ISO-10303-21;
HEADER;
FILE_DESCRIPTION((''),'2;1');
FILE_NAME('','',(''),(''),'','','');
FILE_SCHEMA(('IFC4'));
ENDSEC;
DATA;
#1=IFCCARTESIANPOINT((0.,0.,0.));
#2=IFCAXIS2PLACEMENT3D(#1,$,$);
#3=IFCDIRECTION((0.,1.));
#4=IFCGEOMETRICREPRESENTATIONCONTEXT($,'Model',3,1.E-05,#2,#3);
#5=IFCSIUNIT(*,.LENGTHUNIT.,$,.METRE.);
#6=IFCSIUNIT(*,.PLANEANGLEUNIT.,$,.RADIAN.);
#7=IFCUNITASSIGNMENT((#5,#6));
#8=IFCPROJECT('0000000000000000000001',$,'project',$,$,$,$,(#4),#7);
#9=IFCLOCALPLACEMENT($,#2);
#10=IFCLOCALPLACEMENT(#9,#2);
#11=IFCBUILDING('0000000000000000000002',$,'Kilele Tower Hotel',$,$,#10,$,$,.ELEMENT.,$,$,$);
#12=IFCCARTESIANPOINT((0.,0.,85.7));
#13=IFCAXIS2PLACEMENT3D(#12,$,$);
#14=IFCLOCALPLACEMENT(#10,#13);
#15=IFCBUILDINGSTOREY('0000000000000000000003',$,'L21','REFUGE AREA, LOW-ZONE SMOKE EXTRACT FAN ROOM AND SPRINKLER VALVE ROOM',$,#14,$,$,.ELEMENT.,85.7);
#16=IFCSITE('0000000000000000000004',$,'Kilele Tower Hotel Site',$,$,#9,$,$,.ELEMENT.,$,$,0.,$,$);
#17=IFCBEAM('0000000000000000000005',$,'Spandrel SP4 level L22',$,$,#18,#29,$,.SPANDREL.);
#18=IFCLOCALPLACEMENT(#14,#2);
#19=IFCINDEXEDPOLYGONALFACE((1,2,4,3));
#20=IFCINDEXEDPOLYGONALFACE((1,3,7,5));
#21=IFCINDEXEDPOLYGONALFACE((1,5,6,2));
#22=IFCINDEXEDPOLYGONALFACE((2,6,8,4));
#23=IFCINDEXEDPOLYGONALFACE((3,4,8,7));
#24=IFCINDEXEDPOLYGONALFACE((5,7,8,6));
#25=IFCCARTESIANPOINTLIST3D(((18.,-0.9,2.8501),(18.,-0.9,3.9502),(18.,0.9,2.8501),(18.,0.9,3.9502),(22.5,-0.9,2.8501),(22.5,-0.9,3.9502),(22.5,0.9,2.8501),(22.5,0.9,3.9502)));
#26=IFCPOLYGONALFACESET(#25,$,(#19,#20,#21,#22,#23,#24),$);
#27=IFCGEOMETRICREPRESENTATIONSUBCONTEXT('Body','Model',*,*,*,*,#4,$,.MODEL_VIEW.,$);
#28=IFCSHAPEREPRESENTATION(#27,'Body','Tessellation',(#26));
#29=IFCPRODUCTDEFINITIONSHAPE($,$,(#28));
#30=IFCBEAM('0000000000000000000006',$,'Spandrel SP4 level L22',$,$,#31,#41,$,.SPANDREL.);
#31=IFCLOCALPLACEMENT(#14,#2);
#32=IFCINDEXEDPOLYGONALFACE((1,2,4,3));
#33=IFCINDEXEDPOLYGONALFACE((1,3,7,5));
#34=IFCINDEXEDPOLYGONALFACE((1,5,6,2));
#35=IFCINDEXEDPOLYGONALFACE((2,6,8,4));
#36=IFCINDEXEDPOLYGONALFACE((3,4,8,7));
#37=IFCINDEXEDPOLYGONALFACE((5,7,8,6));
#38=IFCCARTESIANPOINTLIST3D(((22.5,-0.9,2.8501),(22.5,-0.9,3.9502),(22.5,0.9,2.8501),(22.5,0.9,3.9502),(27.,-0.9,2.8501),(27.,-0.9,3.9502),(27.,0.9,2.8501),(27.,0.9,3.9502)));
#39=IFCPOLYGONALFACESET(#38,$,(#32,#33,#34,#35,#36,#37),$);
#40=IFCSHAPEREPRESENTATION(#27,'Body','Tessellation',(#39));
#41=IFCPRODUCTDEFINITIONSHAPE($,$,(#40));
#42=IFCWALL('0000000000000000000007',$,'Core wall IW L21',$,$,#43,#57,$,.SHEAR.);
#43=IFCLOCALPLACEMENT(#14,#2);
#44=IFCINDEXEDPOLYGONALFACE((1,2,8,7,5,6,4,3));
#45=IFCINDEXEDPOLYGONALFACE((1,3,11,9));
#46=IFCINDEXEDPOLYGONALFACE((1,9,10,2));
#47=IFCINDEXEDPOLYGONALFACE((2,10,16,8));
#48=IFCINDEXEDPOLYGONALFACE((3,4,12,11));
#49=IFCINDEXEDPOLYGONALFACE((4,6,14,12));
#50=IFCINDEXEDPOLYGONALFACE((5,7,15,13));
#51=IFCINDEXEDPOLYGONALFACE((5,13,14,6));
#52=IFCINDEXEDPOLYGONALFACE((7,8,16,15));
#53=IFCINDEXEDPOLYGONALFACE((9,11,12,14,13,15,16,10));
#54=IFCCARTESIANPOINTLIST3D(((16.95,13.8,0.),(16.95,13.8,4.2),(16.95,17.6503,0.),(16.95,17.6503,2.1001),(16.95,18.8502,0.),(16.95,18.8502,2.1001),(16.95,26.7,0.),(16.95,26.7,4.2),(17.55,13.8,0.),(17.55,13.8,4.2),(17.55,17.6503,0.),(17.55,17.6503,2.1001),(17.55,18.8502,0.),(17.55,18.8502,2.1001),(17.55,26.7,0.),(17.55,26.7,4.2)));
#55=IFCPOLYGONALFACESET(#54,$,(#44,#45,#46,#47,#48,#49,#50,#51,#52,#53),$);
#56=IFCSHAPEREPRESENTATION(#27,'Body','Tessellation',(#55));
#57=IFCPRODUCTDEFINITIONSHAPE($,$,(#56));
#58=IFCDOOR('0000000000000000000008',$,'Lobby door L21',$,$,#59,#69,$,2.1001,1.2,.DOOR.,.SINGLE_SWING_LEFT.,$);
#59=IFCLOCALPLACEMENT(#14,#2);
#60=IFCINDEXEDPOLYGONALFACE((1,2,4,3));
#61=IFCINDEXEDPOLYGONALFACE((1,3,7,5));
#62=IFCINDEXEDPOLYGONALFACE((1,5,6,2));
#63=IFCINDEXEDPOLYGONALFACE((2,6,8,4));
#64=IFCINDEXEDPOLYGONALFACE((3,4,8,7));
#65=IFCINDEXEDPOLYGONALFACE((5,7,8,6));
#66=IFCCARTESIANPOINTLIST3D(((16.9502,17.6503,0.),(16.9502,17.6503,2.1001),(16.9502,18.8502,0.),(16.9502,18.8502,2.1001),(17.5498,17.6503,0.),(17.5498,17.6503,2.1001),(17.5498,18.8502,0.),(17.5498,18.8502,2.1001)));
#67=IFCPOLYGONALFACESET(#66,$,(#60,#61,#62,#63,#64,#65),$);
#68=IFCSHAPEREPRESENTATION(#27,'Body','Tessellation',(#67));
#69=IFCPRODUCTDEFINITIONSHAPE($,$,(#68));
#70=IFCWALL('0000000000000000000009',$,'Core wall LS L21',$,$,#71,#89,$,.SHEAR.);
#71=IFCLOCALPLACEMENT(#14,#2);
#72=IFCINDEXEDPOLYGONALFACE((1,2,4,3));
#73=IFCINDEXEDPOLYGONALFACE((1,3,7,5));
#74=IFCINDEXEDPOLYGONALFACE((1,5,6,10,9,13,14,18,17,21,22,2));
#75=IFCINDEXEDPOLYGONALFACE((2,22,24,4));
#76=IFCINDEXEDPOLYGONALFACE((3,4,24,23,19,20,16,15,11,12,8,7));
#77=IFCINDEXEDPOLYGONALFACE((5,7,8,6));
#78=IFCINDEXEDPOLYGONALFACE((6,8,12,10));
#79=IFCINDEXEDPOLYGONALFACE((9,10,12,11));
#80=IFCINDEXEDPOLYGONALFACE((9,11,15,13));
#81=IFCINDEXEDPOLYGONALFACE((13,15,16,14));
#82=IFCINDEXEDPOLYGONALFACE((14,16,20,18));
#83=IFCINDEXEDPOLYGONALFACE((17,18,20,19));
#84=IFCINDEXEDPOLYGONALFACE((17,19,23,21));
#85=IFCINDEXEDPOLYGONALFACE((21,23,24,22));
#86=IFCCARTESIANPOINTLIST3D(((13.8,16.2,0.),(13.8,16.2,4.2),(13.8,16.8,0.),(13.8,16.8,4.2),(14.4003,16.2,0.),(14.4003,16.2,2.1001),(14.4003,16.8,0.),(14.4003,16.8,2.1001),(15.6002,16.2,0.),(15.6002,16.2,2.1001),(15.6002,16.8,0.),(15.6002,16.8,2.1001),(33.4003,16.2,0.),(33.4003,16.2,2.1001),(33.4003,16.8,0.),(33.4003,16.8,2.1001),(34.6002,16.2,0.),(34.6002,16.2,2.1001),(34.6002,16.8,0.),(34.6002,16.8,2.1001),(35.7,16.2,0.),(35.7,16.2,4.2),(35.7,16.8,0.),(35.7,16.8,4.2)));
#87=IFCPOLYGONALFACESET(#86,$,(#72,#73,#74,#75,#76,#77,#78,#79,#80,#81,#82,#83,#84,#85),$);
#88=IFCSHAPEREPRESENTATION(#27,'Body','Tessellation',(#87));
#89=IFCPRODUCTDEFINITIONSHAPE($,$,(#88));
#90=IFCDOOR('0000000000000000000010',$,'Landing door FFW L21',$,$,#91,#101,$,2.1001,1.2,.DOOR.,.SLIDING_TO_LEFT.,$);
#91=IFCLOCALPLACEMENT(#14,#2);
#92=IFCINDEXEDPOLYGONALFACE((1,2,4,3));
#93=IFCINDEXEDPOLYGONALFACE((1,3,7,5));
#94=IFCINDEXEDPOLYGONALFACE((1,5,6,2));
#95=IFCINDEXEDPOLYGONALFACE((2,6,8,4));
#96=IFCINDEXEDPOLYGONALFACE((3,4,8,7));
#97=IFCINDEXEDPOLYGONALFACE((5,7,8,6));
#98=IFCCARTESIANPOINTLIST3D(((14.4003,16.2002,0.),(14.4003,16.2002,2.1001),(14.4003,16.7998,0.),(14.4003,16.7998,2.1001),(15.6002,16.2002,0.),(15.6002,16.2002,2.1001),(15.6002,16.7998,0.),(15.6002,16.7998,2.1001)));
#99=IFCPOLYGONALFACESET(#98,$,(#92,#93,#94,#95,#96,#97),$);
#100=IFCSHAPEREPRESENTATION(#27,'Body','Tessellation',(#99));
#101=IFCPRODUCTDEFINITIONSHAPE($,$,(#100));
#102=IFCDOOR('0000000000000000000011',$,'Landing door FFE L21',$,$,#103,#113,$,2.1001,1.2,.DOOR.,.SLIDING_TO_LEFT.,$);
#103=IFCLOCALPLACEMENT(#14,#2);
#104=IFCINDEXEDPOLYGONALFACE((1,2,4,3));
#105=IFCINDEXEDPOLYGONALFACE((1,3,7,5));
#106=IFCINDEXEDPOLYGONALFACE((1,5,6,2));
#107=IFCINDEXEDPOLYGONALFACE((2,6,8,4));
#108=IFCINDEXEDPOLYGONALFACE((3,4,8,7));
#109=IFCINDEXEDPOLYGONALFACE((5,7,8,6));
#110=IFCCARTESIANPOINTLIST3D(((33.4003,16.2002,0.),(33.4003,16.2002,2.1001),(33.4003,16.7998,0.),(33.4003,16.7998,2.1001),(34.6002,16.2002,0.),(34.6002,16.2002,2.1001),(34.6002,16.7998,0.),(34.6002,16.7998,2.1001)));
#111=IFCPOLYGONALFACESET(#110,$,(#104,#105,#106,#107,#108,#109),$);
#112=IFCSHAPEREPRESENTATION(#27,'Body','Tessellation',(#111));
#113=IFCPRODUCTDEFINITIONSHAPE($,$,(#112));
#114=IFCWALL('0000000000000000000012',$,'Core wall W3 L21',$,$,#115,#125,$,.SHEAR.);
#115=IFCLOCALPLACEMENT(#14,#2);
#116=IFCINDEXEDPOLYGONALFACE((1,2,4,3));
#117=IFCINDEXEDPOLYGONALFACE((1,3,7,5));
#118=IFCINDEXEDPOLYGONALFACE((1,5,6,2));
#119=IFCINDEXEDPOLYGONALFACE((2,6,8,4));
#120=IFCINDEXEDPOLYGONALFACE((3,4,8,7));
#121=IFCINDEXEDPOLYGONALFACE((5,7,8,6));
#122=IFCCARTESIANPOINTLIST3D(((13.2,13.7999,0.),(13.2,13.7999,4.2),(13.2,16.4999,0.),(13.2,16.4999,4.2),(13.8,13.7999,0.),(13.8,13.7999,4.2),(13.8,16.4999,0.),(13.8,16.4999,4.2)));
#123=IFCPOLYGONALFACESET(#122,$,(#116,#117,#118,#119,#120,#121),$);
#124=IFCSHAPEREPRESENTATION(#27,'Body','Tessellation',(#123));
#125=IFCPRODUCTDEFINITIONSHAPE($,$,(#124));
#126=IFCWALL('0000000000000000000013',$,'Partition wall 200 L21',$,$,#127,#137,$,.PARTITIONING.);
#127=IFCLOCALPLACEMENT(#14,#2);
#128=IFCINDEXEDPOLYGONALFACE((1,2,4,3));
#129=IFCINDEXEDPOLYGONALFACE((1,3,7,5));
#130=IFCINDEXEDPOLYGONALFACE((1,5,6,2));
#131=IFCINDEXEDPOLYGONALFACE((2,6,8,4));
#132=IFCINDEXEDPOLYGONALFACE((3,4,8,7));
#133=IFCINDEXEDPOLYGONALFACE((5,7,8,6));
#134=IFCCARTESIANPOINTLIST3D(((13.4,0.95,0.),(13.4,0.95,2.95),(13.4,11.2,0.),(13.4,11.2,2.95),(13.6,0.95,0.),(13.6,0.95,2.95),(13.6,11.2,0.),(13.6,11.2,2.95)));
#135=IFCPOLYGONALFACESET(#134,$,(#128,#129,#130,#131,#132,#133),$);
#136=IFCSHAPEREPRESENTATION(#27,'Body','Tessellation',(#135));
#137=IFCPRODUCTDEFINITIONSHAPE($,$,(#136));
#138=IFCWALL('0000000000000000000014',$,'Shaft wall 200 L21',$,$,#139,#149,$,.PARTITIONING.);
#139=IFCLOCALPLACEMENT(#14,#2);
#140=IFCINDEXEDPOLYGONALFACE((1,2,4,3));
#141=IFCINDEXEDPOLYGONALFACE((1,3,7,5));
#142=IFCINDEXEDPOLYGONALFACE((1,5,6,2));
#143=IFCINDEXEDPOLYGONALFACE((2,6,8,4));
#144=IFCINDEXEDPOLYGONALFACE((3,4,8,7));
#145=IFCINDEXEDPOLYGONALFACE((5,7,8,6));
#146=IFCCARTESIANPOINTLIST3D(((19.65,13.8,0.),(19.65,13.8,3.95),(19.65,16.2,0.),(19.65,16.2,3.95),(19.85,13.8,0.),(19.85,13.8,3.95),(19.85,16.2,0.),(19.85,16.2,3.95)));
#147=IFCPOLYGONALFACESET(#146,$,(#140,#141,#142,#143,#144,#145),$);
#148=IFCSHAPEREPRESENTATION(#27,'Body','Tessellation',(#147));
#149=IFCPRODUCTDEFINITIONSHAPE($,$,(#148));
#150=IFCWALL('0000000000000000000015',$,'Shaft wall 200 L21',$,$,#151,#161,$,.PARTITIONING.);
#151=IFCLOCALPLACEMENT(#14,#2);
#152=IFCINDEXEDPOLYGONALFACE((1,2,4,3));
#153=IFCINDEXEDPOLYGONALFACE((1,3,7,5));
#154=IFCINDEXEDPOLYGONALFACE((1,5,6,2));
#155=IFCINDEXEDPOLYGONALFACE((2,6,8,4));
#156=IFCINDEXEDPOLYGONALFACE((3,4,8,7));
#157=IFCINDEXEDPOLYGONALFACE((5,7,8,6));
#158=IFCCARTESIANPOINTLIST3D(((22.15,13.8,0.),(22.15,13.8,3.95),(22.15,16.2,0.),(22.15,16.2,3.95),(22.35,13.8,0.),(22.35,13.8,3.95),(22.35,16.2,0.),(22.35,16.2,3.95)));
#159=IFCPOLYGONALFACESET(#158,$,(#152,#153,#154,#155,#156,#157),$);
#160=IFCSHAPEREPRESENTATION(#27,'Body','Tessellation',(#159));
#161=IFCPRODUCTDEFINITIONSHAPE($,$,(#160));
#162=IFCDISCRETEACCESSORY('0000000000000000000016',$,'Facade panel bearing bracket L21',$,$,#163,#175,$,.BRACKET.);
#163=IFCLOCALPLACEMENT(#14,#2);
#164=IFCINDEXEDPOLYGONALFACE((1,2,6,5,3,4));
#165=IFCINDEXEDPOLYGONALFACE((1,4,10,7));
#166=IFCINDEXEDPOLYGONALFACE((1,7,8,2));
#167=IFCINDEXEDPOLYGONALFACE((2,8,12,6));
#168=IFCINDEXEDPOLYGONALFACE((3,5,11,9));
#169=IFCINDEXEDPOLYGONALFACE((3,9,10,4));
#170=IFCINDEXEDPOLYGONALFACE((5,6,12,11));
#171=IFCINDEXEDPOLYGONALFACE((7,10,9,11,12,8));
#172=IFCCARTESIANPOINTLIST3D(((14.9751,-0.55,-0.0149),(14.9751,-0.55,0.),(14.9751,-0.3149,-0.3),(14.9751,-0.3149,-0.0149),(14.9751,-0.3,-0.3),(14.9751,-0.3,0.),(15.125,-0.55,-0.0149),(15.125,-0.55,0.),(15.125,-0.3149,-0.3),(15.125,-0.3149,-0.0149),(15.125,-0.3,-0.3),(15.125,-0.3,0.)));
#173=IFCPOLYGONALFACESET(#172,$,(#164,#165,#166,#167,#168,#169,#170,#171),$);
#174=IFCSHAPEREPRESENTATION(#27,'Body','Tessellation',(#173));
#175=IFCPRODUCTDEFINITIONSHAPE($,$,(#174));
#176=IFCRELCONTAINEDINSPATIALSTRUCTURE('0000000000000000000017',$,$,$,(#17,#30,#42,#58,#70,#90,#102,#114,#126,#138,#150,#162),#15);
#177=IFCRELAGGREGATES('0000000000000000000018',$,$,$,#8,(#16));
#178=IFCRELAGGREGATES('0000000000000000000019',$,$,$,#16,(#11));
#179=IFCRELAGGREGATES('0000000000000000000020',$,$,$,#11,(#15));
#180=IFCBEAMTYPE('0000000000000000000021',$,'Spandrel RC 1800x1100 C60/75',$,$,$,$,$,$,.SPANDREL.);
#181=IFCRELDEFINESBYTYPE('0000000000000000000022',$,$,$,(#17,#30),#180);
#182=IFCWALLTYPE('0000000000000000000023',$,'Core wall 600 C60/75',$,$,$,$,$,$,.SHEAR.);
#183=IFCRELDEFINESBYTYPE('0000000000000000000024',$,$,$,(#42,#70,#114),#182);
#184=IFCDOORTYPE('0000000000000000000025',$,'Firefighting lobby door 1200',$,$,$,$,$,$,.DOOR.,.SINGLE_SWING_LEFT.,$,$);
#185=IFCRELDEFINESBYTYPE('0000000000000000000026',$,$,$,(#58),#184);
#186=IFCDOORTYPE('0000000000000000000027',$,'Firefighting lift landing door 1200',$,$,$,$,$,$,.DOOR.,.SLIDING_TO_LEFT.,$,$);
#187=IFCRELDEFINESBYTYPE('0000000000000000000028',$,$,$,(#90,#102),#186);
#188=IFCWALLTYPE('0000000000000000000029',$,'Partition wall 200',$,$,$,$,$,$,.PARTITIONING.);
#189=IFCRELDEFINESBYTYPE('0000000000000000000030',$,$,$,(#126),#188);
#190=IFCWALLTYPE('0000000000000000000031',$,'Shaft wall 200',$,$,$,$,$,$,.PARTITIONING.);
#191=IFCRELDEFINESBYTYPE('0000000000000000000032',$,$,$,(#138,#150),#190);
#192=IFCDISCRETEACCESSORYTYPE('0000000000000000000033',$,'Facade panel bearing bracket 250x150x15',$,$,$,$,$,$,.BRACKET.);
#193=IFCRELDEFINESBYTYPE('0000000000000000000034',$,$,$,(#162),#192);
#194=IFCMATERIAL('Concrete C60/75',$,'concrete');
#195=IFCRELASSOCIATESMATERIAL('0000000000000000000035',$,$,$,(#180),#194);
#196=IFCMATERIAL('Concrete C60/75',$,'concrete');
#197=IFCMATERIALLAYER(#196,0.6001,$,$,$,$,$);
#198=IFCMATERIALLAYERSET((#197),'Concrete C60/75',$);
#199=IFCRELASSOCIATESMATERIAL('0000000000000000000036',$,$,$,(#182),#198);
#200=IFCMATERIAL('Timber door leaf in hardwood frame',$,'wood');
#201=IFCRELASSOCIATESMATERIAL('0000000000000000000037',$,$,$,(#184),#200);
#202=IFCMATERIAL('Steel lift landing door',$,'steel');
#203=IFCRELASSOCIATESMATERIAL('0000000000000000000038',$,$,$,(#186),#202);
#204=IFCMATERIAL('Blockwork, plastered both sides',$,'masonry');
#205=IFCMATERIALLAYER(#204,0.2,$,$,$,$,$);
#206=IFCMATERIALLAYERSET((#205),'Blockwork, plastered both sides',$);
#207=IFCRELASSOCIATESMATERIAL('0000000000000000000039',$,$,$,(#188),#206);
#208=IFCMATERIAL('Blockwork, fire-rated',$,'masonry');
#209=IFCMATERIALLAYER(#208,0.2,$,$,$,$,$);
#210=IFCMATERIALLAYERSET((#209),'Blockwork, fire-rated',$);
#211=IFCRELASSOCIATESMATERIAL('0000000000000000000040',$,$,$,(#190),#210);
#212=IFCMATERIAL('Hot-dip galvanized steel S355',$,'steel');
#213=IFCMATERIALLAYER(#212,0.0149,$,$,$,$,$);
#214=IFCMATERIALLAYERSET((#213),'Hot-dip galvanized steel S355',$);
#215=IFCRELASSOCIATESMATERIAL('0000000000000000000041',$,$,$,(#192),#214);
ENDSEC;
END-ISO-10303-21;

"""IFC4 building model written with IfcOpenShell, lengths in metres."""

from ifc_helpers import new_model, si_unit, direction, frame, frame_2d, origin, origin_2d, place, context, subcontext, project, spatial, polyline, rectangle, outline, extrude, source, transform, mapped, material, layer, layer_set, material_profile, profile_set, type_object, element, fill, save


model = new_model("IFC4")

# Units and contexts
model_context = context("Model", 3, precision=1e-05, world=origin(), true_north=direction((0.0, 1.0)))
body_context = subcontext(model_context, "Body", "Model", "MODEL_VIEW")
ifc_project = project(units=[si_unit("LENGTHUNIT", "METRE"), si_unit("PLANEANGLEUNIT", "RADIAN")], contexts=[model_context])

# Site, building, storey
site_placement = place(None, origin())
site = spatial("IfcSite", under=ifc_project, at=site_placement, Name="Kilele Tower Hotel Site", CompositionType="ELEMENT", RefElevation=0.0)
building_placement = place(site_placement, origin())
building = spatial("IfcBuilding", under=site, at=building_placement, Name="Kilele Tower Hotel", CompositionType="ELEMENT")
storey_placement = place(building_placement, frame((0.0, 0.0, 85.7)))
storey = spatial("IfcBuildingStorey", under=building, at=storey_placement, Name="L21", Description="REFUGE AREA, LOW-ZONE SMOKE EXTRACT FAN ROOM AND SPRINKLER VALVE ROOM", CompositionType="ELEMENT", Elevation=85.7)

# Beams
ifc_material_1 = material(Name="Concrete C60/75", Category="concrete")
ifc_material_profile_1 = material_profile(ifc_material_1, rectangle(XDim=1.8, YDim=1.1001, at=origin_2d()))
ifc_profile_set_1 = profile_set([ifc_material_profile_1], Name="Concrete C60/75")
beam_type_1 = type_object("IfcBeamType", Name="Spandrel RC 1800x1100 C60/75", PredefinedType="SPANDREL", material=ifc_profile_set_1)
for number, where, z_axis, x_axis, name in (
    (1, (18.0, 0.0, 3.4001), (1.0, 0.0, 0.0), (0.0, 1.0, 0.0), "Spandrel SP4 level L22"),
    (2, (22.5, 0.0, 3.4001), (1.0, 0.0, 0.0), (0.0, 1.0, 0.0), "Spandrel SP4 level L22"),
):
    element("IfcBeam", number, at=place(storey_placement, frame(where, z_axis=z_axis, x_axis=x_axis)), inside=storey, type_object=beam_type_1, Name=name, PredefinedType="SPANDREL", context=body_context, shape_type="SweptSolid", body=[
        extrude(rectangle(XDim=1.8, YDim=1.1001, at=origin_2d()), origin(), (0.0, 0.0, 1.0), 4.5),
    ])

# Wall, opening, door
ifc_material_2 = material(Name="Concrete C60/75", Category="concrete")
ifc_layer_1 = layer(ifc_material_2, 0.6001)
ifc_layer_set_1 = layer_set([ifc_layer_1], Name="Concrete C60/75")
wall_type_1 = type_object("IfcWallType", Name="Core wall 600 C60/75", PredefinedType="SHEAR", material=ifc_layer_set_1)
wall_1_placement = place(storey_placement, frame((17.25, 13.8, 0.0), z_axis=(0.0, 0.0, 1.0), x_axis=(0.0, 1.0, 0.0)))
wall_1 = element("IfcWall", 3, at=wall_1_placement, inside=storey, type_object=wall_type_1, Name="Core wall IW L21", PredefinedType="SHEAR", context=body_context, shape_type="SweptSolid", body=[
    extrude(rectangle(XDim=12.8999, YDim=0.6001, at=frame_2d((6.45, 0.0))), origin(), (0.0, 0.0, 1.0), 4.2),
])
opening_1_placement = place(wall_1_placement, frame((3.8501, 0.0, 0.0)))
opening_1 = element("IfcOpeningElement", 4, at=opening_1_placement, cuts=wall_1, PredefinedType="OPENING", context=body_context, shape_type="SweptSolid", body=[
    extrude(rectangle(XDim=1.2, YDim=2.1001, at=frame_2d((0.6001, 1.05))), frame((0.0, 0.3101, 0.0), z_axis=(0.0, -1.0, 0.0), x_axis=(1.0, 0.0, 0.0)), (0.0, 0.0, 1.0), 0.6201),
])
ifc_material_3 = material(Name="Timber door leaf in hardwood frame", Category="wood")
door_type_1 = type_object("IfcDoorType", Name="Firefighting lobby door 1200", OperationType="SINGLE_SWING_LEFT", PredefinedType="DOOR", material=ifc_material_3)
door_1_placement = place(opening_1_placement, origin())
door_1 = element("IfcDoor", 5, at=door_1_placement, inside=storey, type_object=door_type_1, Name="Lobby door L21", OperationType="SINGLE_SWING_LEFT", OverallHeight=2.1001, OverallWidth=1.2, PredefinedType="DOOR", context=body_context, shape_type="SweptSolid", body=[
    extrude(rectangle(XDim=1.2, YDim=2.1001, at=frame_2d((0.6001, 1.05))), frame((0.0, 0.2998, 0.0), z_axis=(0.0, -1.0, 0.0), x_axis=(1.0, 0.0, 0.0)), (0.0, 0.0, 1.0), 0.5996),
])
fill(opening_1, door_1)

# Wall, openings, doors
wall_2_placement = place(storey_placement, frame((13.8, 16.5, 0.0), z_axis=(0.0, 0.0, 1.0), x_axis=(1.0, 0.0, 0.0)))
wall_2 = element("IfcWall", 6, at=wall_2_placement, inside=storey, type_object=wall_type_1, Name="Core wall LS L21", PredefinedType="SHEAR", context=body_context, shape_type="SweptSolid", body=[
    extrude(rectangle(XDim=21.8999, YDim=0.6001, at=frame_2d((10.95, 0.0))), origin(), (0.0, 0.0, 1.0), 4.2),
])
opening_2_placement = place(wall_2_placement, frame((0.6001, 0.0, 0.0)))
opening_2 = element("IfcOpeningElement", 7, at=opening_2_placement, cuts=wall_2, PredefinedType="OPENING", context=body_context, shape_type="SweptSolid", body=[
    extrude(rectangle(XDim=1.2, YDim=2.1001, at=frame_2d((0.6001, 1.05))), frame((0.0, 0.3101, 0.0), z_axis=(0.0, -1.0, 0.0), x_axis=(1.0, 0.0, 0.0)), (0.0, 0.0, 1.0), 0.6201),
])
opening_3_placement = place(wall_2_placement, frame((19.6001, 0.0, 0.0)))
opening_3 = element("IfcOpeningElement", 8, at=opening_3_placement, cuts=wall_2, PredefinedType="OPENING", context=body_context, shape_type="SweptSolid", body=[
    extrude(rectangle(XDim=1.2, YDim=2.1001, at=frame_2d((0.6001, 1.05))), frame((0.0, 0.3101, 0.0), z_axis=(0.0, -1.0, 0.0), x_axis=(1.0, 0.0, 0.0)), (0.0, 0.0, 1.0), 0.6201),
])
ifc_material_4 = material(Name="Steel lift landing door", Category="steel")
door_type_2 = type_object("IfcDoorType", Name="Firefighting lift landing door 1200", OperationType="SLIDING_TO_LEFT", PredefinedType="DOOR", material=ifc_material_4)
door_2_placement = place(opening_2_placement, origin())
door_2 = element("IfcDoor", 9, at=door_2_placement, inside=storey, type_object=door_type_2, Name="Landing door FFW L21", OperationType="SLIDING_TO_LEFT", OverallHeight=2.1001, OverallWidth=1.2, PredefinedType="DOOR", context=body_context, shape_type="SweptSolid", body=[
    extrude(rectangle(XDim=1.2, YDim=2.1001, at=frame_2d((0.6001, 1.05))), frame((0.0, 0.2998, 0.0), z_axis=(0.0, -1.0, 0.0), x_axis=(1.0, 0.0, 0.0)), (0.0, 0.0, 1.0), 0.5996),
])
fill(opening_2, door_2)
door_3_placement = place(opening_3_placement, origin())
door_3 = element("IfcDoor", 10, at=door_3_placement, inside=storey, type_object=door_type_2, Name="Landing door FFE L21", OperationType="SLIDING_TO_LEFT", OverallHeight=2.1001, OverallWidth=1.2, PredefinedType="DOOR", context=body_context, shape_type="SweptSolid", body=[
    extrude(rectangle(XDim=1.2, YDim=2.1001, at=frame_2d((0.6001, 1.05))), frame((0.0, 0.2998, 0.0), z_axis=(0.0, -1.0, 0.0), x_axis=(1.0, 0.0, 0.0)), (0.0, 0.0, 1.0), 0.5996),
])
fill(opening_3, door_3)

# Walls
wall_3_placement = place(storey_placement, frame((13.5, 16.5, 0.0), z_axis=(0.0, 0.0, 1.0), x_axis=(0.0, -1.0, 0.0)))
element("IfcWall", 11, at=wall_3_placement, inside=storey, type_object=wall_type_1, Name="Core wall W3 L21", PredefinedType="SHEAR", context=body_context, shape_type="SweptSolid", body=[
    extrude(rectangle(XDim=2.7, YDim=0.6001, at=frame_2d((1.3501, 0.0))), origin(), (0.0, 0.0, 1.0), 4.2),
])
ifc_material_5 = material(Name="Blockwork, plastered both sides", Category="masonry")
ifc_layer_2 = layer(ifc_material_5, 0.2)
ifc_layer_set_2 = layer_set([ifc_layer_2], Name="Blockwork, plastered both sides")
wall_type_2 = type_object("IfcWallType", Name="Partition wall 200", PredefinedType="PARTITIONING", material=ifc_layer_set_2)
wall_4_placement = place(storey_placement, frame((13.5, 11.2, 0.0), z_axis=(0.0, 0.0, 1.0), x_axis=(0.0, -1.0, 0.0)))
element("IfcWall", 12, at=wall_4_placement, inside=storey, type_object=wall_type_2, Name="Partition wall 200 L21", PredefinedType="PARTITIONING", context=body_context, shape_type="SweptSolid", body=[
    extrude(rectangle(XDim=10.25, YDim=0.2, at=frame_2d((5.125, 0.0))), origin(), (0.0, 0.0, 1.0), 2.95),
])
ifc_material_6 = material(Name="Blockwork, fire-rated", Category="masonry")
ifc_layer_3 = layer(ifc_material_6, 0.2)
ifc_layer_set_3 = layer_set([ifc_layer_3], Name="Blockwork, fire-rated")
wall_type_3 = type_object("IfcWallType", Name="Shaft wall 200", PredefinedType="PARTITIONING", material=ifc_layer_set_3)
for number, where, z_axis, x_axis, name in (
    (13, (19.75, 13.8, 0.0), (0.0, 0.0, 1.0), (0.0, 1.0, 0.0), "Shaft wall 200 L21"),
    (14, (22.25, 13.8, 0.0), (0.0, 0.0, 1.0), (0.0, 1.0, 0.0), "Shaft wall 200 L21"),
):
    element("IfcWall", number, at=place(storey_placement, frame(where, z_axis=z_axis, x_axis=x_axis)), inside=storey, type_object=wall_type_3, Name=name, PredefinedType="PARTITIONING", context=body_context, shape_type="SweptSolid", body=[
        extrude(rectangle(XDim=2.3999, YDim=0.2, at=frame_2d((1.2, 0.0))), origin(), (0.0, 0.0, 1.0), 3.95),
    ])

# Discrete accessory
ifc_material_7 = material(Name="Hot-dip galvanized steel S355", Category="steel")
ifc_layer_4 = layer(ifc_material_7, 0.0149)
ifc_layer_set_4 = layer_set([ifc_layer_4], Name="Hot-dip galvanized steel S355")
discrete_accessory_type_1 = type_object("IfcDiscreteAccessoryType", Name="Facade panel bearing bracket 250x150x15", PredefinedType="BRACKET", material=ifc_layer_set_4)
shared_shape_1 = source(origin(), body_context, "Body", "SweptSolid", [
    extrude(outline(polyline([(0.0, 0.0), (0.25, 0.0), (0.25, -0.0149), (0.0149, -0.0149), (0.0149, -0.3), (0.0, -0.3), (0.0, 0.0)])), origin(), (0.0, 0.0, 1.0), 0.1499),
])
for number, where, z_axis, x_axis, name in (
    (15, (15.125, -0.3, 0.0), (-1.0, 0.0, 0.0), (0.0, -1.0, 0.0), "Facade panel bearing bracket L21"),
):
    element("IfcDiscreteAccessory", number, at=place(storey_placement, frame(where, z_axis=z_axis, x_axis=x_axis)), inside=storey, type_object=discrete_accessory_type_1, Name=name, PredefinedType="BRACKET", context=body_context, shape_type="MappedRepresentation", body=[
        mapped(shared_shape_1, transform((0.0, 0.0, 0.0))),
    ])

save(model, "model.ifc")
